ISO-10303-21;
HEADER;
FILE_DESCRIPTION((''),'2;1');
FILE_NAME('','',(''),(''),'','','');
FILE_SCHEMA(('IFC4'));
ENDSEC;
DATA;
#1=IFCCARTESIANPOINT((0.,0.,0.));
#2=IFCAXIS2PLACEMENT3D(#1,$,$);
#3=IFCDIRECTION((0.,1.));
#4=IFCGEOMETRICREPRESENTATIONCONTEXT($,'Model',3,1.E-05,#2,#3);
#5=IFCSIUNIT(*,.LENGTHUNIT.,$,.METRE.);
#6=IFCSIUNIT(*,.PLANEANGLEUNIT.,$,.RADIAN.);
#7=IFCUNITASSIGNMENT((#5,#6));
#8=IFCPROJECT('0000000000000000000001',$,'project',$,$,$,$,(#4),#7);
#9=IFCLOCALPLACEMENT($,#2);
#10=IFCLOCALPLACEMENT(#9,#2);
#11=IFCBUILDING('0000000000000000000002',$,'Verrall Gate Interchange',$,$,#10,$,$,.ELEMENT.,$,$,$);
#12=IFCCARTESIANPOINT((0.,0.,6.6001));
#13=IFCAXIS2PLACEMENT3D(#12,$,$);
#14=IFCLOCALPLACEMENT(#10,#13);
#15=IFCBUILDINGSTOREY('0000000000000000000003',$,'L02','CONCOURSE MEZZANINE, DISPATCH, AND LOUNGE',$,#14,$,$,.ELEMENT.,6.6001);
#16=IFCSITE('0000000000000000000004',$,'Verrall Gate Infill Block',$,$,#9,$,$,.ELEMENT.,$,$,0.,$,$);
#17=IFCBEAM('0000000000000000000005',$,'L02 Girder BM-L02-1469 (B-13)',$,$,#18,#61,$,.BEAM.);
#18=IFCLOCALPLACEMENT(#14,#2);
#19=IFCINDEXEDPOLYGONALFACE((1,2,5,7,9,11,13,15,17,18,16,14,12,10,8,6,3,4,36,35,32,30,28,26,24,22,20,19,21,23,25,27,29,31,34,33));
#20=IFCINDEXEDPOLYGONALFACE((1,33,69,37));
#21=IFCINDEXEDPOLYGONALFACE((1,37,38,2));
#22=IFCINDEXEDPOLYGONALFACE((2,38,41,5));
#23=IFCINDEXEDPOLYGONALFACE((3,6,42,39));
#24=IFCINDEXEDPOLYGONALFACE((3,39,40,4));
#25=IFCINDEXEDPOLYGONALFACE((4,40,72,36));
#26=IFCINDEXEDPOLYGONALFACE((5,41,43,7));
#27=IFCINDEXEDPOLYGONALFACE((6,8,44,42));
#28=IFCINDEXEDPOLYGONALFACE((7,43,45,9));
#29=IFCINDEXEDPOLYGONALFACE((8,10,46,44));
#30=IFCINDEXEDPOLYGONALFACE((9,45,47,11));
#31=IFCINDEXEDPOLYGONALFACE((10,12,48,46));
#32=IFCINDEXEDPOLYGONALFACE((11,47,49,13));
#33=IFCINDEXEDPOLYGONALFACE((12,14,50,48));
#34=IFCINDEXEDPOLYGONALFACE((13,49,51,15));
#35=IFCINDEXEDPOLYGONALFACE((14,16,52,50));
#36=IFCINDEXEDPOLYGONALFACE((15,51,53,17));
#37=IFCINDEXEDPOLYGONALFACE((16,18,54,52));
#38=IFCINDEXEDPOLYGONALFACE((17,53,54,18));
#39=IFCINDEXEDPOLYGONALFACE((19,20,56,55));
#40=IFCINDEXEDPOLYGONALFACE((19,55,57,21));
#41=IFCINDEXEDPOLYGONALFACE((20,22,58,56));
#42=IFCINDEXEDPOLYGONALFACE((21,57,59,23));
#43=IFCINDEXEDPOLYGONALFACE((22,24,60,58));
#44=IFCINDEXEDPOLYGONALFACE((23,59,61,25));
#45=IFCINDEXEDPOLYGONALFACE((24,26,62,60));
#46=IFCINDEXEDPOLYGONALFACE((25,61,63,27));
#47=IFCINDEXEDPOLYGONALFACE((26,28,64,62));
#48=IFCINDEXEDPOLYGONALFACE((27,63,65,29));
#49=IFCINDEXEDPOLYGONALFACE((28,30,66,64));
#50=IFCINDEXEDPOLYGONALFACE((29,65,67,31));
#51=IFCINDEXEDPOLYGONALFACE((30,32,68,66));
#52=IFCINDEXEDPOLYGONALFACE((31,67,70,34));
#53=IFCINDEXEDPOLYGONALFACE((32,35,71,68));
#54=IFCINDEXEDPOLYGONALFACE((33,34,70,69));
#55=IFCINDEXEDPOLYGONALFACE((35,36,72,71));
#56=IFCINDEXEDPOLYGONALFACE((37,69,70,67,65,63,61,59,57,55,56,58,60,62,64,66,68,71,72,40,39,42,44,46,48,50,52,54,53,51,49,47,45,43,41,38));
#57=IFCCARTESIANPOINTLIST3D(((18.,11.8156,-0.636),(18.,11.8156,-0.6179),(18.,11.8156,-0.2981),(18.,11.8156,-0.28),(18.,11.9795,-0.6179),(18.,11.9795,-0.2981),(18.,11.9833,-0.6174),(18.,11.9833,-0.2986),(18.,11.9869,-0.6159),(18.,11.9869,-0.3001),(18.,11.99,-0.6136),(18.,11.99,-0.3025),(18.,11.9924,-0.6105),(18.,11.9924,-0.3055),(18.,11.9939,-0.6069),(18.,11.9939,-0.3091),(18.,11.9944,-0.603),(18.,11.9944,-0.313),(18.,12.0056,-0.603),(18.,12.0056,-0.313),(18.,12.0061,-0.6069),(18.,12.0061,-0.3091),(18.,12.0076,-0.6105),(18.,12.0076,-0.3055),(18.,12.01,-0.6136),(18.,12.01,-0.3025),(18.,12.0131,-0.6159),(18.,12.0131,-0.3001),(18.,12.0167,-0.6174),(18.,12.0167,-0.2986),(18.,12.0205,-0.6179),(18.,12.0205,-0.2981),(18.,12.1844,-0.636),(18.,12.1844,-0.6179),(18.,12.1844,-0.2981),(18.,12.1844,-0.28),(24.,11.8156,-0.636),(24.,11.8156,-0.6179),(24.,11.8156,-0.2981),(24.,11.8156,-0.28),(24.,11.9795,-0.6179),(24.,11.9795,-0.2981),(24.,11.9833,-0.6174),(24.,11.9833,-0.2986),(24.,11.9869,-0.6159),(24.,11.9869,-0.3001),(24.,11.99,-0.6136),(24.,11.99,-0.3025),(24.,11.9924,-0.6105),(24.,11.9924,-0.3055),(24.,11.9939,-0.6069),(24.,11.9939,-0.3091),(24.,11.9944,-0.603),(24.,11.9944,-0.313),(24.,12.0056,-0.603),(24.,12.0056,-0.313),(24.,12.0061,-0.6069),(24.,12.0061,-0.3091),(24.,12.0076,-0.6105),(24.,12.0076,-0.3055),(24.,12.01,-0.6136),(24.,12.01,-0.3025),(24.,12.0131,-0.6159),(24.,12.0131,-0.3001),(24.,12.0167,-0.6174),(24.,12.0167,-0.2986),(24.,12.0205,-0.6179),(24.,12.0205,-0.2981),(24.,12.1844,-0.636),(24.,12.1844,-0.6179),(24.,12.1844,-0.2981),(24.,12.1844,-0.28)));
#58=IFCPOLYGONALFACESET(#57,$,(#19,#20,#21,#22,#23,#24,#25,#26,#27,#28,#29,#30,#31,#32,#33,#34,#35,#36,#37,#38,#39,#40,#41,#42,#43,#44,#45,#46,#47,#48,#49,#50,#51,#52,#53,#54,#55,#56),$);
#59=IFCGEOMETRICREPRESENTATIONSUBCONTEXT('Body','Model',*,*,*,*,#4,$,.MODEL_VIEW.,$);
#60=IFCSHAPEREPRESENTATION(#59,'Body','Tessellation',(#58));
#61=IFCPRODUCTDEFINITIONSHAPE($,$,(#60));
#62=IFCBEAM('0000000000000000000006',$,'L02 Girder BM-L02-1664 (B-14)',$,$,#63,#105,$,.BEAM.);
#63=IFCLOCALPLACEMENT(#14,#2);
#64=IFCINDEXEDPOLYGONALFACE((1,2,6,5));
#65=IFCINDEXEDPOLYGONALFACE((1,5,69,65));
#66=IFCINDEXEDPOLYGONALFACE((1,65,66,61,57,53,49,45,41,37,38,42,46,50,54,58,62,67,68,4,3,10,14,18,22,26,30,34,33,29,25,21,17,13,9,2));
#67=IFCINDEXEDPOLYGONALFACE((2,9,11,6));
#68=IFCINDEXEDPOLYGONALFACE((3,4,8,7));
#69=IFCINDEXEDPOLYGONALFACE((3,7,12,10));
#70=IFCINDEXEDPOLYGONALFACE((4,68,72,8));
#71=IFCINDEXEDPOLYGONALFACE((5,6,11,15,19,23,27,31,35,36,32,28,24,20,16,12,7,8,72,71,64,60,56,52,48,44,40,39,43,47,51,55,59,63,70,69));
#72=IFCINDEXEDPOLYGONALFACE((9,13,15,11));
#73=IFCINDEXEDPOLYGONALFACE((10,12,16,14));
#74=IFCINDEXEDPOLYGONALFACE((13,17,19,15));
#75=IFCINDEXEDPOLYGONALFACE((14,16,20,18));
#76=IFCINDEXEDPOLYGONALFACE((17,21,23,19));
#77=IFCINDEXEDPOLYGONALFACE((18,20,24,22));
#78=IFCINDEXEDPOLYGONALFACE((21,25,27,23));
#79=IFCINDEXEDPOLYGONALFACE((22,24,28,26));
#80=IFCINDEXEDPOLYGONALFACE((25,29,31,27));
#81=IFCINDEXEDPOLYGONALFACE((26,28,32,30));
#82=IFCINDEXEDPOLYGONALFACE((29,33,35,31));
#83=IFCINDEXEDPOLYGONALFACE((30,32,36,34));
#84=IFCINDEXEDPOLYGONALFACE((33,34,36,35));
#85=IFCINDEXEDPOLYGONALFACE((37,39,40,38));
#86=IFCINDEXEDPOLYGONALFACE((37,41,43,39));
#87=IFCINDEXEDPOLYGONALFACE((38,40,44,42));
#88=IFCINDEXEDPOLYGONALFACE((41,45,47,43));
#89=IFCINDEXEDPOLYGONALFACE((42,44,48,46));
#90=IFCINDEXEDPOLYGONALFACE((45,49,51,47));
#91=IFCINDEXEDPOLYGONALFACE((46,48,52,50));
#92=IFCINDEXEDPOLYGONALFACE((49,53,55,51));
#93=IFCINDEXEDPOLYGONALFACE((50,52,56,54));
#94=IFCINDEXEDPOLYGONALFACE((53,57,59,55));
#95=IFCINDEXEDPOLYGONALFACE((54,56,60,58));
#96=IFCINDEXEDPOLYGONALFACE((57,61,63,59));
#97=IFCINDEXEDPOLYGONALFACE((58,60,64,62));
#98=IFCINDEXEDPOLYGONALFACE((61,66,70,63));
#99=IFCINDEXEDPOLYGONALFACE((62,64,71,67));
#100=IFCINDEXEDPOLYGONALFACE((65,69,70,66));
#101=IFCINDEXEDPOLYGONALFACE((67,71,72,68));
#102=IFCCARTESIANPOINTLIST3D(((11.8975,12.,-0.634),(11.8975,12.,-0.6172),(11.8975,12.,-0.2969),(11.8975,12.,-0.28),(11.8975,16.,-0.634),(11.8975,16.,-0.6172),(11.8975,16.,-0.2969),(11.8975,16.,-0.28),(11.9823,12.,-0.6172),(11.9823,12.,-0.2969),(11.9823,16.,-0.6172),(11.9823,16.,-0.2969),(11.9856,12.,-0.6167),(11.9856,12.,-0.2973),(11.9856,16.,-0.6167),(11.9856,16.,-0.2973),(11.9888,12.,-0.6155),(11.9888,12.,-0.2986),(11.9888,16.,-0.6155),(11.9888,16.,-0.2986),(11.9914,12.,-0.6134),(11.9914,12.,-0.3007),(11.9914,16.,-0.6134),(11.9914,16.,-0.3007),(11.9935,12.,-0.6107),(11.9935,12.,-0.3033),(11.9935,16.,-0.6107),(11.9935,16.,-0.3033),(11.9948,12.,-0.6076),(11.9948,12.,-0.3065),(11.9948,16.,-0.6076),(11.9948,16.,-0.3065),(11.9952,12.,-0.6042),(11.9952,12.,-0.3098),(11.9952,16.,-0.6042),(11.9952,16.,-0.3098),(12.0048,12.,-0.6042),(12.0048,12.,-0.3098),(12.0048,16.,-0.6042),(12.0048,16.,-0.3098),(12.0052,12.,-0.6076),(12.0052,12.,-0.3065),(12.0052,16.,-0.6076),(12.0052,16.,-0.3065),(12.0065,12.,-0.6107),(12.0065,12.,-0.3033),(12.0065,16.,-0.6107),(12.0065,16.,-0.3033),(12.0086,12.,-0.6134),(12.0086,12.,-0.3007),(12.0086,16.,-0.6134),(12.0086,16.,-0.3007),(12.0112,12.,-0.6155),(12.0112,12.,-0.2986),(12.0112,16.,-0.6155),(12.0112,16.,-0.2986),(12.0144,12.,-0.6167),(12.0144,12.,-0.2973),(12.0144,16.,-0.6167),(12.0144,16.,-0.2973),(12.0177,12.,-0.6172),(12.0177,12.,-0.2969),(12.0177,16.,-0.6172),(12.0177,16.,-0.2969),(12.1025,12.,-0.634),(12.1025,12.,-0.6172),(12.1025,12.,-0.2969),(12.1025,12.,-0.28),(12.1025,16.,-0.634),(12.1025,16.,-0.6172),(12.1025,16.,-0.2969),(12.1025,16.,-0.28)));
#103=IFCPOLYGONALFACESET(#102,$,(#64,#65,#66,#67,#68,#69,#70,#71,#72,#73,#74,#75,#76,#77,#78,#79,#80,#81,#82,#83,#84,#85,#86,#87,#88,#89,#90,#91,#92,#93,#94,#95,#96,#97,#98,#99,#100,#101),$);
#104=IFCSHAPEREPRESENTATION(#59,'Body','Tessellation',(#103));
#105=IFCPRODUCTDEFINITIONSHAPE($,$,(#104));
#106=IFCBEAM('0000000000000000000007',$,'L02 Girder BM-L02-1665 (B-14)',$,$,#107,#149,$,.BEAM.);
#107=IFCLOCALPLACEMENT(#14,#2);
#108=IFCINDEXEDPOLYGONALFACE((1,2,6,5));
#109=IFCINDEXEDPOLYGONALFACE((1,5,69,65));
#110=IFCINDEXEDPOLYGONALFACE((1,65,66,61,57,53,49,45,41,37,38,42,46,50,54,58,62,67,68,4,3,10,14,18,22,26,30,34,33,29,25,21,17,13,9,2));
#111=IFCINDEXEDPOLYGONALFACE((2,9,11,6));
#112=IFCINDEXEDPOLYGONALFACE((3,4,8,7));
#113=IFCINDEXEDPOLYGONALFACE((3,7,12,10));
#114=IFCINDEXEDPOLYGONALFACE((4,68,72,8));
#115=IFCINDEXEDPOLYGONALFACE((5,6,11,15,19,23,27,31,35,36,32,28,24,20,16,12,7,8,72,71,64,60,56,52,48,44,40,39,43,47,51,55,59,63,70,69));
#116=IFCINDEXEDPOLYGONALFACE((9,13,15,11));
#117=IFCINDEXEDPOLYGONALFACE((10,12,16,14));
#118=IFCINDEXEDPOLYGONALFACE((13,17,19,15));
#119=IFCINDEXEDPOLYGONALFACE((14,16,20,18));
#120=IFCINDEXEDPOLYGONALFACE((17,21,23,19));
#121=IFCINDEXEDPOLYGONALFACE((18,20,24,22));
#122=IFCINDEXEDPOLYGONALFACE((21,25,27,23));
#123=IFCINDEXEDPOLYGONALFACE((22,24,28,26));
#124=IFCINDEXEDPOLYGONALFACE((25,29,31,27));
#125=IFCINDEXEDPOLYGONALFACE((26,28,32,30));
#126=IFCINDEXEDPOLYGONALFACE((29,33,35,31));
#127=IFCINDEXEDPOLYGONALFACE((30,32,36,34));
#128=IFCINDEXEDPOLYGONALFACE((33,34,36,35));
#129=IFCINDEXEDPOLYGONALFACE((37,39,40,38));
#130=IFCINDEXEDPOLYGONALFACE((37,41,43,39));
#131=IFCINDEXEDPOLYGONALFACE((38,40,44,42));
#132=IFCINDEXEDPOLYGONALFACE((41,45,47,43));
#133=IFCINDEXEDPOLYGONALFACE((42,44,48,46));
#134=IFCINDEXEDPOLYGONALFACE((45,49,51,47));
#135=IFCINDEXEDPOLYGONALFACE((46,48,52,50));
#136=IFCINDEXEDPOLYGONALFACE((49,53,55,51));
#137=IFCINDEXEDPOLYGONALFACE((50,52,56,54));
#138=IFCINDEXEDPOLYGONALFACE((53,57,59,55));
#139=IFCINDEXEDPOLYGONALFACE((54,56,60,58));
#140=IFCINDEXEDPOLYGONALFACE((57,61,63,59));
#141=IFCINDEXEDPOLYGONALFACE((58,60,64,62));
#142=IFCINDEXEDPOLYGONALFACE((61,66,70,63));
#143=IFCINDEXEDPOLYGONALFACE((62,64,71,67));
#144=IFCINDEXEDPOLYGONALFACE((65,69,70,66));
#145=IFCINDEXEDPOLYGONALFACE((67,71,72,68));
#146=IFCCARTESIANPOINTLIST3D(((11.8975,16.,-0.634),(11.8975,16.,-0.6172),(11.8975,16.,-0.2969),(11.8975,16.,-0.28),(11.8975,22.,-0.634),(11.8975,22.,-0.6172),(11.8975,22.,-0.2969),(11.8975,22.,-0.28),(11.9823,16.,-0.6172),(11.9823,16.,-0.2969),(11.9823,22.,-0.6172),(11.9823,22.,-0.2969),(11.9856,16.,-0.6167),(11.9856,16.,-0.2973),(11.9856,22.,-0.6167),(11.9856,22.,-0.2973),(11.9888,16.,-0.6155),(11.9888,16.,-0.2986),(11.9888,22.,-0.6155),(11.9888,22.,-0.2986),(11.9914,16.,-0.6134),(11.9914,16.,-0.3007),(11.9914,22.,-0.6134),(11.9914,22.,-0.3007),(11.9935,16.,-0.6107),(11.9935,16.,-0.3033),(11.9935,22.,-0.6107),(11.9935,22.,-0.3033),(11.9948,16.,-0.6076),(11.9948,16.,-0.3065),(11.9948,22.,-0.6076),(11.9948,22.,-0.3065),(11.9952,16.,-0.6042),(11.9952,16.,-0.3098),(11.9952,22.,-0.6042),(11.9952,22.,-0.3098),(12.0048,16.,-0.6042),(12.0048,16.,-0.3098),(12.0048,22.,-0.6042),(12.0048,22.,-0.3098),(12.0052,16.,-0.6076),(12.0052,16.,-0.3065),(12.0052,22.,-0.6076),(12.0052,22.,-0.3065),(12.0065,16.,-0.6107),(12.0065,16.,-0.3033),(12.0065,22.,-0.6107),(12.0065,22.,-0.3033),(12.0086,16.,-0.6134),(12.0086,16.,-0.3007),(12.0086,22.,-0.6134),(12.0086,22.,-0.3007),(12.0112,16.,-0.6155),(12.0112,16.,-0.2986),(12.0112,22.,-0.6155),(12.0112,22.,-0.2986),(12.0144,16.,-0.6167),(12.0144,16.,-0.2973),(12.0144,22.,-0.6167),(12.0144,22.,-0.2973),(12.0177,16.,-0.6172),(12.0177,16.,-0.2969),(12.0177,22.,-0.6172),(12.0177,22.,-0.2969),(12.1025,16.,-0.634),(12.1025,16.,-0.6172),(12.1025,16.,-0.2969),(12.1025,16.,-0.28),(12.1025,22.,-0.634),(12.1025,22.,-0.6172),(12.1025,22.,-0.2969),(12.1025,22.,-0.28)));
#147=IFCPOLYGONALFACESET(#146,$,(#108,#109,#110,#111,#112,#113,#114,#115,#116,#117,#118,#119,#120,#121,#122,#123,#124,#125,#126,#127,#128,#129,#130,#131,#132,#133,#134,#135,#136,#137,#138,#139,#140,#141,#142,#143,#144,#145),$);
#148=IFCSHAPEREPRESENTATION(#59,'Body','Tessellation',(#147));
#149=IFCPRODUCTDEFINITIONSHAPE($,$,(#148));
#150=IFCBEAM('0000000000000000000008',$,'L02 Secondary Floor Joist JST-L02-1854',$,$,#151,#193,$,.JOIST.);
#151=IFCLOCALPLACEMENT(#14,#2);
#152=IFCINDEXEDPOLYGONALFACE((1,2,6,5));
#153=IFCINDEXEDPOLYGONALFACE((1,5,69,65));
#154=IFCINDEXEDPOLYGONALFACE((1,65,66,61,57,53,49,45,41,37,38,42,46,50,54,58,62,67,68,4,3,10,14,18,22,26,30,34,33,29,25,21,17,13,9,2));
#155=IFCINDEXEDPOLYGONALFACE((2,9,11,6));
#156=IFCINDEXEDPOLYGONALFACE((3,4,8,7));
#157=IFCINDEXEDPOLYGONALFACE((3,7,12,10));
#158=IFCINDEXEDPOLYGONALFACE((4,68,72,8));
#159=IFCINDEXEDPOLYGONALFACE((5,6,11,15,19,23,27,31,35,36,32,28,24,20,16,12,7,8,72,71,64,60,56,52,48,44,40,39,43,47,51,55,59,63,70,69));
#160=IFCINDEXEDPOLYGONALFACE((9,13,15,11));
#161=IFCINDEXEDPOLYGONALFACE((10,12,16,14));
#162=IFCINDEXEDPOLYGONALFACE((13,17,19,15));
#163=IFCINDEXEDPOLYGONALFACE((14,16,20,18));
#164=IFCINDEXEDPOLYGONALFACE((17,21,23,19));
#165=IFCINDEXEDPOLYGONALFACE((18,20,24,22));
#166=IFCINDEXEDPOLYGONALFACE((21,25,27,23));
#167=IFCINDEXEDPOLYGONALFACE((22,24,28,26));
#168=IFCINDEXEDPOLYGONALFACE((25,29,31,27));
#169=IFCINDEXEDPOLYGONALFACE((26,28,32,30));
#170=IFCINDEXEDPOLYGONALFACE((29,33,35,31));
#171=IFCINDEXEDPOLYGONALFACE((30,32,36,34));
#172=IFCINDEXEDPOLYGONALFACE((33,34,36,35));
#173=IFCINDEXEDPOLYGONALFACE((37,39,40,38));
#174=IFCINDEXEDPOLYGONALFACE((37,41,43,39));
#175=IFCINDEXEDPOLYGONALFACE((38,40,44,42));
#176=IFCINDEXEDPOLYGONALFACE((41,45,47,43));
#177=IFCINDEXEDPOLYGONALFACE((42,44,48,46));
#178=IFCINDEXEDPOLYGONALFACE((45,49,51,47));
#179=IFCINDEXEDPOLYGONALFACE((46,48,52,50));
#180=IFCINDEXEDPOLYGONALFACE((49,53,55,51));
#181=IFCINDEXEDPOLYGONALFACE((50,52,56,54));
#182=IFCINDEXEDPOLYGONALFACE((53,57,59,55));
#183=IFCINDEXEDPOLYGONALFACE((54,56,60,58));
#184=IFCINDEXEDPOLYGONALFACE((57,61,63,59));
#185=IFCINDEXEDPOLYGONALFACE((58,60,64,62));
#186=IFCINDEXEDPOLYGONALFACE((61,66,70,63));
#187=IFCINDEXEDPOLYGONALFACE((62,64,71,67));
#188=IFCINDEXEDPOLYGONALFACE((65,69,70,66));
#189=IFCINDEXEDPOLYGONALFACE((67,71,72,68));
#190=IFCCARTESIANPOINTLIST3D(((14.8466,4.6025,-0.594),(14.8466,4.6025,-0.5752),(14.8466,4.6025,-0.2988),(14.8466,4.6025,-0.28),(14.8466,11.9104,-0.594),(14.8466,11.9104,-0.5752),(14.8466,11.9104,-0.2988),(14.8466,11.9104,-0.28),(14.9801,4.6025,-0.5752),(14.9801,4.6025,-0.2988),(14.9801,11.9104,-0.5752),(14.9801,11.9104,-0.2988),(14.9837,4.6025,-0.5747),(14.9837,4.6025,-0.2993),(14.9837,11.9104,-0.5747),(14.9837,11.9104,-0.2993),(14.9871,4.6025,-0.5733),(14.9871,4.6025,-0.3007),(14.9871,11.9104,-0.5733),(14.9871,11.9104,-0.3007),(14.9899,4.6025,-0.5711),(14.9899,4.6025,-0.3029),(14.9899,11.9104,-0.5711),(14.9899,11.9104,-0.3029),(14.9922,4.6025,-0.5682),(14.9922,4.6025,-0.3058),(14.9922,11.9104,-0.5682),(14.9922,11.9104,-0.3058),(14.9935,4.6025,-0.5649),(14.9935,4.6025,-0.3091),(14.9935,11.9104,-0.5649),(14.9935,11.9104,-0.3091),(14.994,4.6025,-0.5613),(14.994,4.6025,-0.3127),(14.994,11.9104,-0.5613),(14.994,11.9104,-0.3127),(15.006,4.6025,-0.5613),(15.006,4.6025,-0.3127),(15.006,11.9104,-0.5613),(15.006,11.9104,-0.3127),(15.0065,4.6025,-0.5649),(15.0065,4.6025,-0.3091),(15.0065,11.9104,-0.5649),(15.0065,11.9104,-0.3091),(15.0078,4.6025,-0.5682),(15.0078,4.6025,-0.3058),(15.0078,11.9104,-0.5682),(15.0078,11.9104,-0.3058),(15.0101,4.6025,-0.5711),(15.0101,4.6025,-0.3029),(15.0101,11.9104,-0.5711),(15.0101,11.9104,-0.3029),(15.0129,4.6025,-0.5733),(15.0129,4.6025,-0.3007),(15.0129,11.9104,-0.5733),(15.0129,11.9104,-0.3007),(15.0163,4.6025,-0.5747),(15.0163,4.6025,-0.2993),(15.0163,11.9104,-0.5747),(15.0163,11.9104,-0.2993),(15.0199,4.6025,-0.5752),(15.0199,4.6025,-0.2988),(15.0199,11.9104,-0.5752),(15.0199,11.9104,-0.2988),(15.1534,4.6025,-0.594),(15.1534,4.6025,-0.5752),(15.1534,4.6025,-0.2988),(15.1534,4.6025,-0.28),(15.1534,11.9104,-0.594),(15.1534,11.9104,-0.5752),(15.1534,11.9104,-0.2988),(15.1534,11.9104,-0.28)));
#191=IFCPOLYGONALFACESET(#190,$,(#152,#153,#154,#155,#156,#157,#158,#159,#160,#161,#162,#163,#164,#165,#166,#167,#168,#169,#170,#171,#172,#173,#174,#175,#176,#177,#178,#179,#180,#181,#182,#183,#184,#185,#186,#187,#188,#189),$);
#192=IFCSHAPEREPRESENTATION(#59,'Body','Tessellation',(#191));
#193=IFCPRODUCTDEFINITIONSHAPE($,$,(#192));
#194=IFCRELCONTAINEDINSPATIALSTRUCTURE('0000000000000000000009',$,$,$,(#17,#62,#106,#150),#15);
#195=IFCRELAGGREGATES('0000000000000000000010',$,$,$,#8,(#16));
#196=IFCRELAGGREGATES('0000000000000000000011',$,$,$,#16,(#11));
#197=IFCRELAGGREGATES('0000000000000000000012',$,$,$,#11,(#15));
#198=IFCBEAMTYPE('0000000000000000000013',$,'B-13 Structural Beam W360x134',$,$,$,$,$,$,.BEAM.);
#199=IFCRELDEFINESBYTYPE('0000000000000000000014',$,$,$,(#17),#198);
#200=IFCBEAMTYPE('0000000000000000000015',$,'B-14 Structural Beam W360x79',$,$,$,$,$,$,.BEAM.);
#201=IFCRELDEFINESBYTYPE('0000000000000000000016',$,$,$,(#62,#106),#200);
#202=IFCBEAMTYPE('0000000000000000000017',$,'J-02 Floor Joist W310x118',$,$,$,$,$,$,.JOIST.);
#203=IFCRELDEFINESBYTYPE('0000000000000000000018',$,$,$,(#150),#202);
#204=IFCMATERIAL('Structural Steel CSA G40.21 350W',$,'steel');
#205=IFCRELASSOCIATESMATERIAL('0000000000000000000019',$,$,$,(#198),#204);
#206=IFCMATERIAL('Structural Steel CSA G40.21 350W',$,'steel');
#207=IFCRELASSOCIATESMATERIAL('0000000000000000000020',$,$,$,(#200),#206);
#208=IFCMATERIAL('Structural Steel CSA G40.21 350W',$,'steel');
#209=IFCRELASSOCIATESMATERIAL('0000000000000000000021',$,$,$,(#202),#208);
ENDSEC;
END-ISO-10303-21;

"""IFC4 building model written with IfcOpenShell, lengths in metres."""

from ifc_helpers import new_model, si_unit, direction, frame, origin, origin_2d, place, context, subcontext, project, spatial, i_section, extrude, material, material_profile, profile_set, type_object, element, save


model = new_model("IFC4")

# Units and contexts
model_context = context("Model", 3, precision=1e-05, world=origin(), true_north=direction((0.0, 1.0)))
body_context = subcontext(model_context, "Body", "Model", "MODEL_VIEW")
ifc_project = project(units=[si_unit("LENGTHUNIT", "METRE"), si_unit("PLANEANGLEUNIT", "RADIAN")], contexts=[model_context])

# Site, building, storey
site_placement = place(None, origin())
site = spatial("IfcSite", under=ifc_project, at=site_placement, Name="Verrall Gate Infill Block", CompositionType="ELEMENT", RefElevation=0.0)
building_placement = place(site_placement, origin())
building = spatial("IfcBuilding", under=site, at=building_placement, Name="Verrall Gate Interchange", CompositionType="ELEMENT")
storey_placement = place(building_placement, frame((0.0, 0.0, 6.6001)))
storey = spatial("IfcBuildingStorey", under=building, at=storey_placement, Name="L02", Description="CONCOURSE MEZZANINE, DISPATCH, AND LOUNGE", CompositionType="ELEMENT", Elevation=6.6001)

# Beams
ifc_material_1 = material(Name="Structural Steel CSA G40.21 350W", Category="steel")
ifc_material_profile_1 = material_profile(ifc_material_1, i_section(OverallWidth=0.3689, OverallDepth=0.356, WebThickness=0.0112, FlangeThickness=0.0181, FilletRadius=0.0149, at=origin_2d()), Name="W360x134")
ifc_profile_set_1 = profile_set([ifc_material_profile_1], Name="Structural Steel CSA G40.21 350W")
beam_type_1 = type_object("IfcBeamType", Name="B-13 Structural Beam W360x134", PredefinedType="BEAM", material=ifc_profile_set_1)
beam_1_placement = place(storey_placement, frame((18.0, 12.0, -0.458), z_axis=(1.0, 0.0, 0.0), x_axis=(0.0, 1.0, 0.0)))
element("IfcBeam", 1, at=beam_1_placement, inside=storey, type_object=beam_type_1, Name="L02 Girder BM-L02-1469 (B-13)", PredefinedType="BEAM", context=body_context, shape_type="SweptSolid", body=[
    extrude(i_section(OverallWidth=0.3689, OverallDepth=0.356, WebThickness=0.0112, FlangeThickness=0.0181, FilletRadius=0.0149, at=origin_2d()), origin(), (0.0, 0.0, 1.0), 6.0),
])
ifc_material_2 = material(Name="Structural Steel CSA G40.21 350W", Category="steel")
ifc_material_profile_2 = material_profile(ifc_material_2, i_section(OverallWidth=0.2051, OverallDepth=0.354, WebThickness=0.0095, FlangeThickness=0.0168, FilletRadius=0.0129, at=origin_2d()), Name="W360x79")
ifc_profile_set_2 = profile_set([ifc_material_profile_2], Name="Structural Steel CSA G40.21 350W")
beam_type_2 = type_object("IfcBeamType", Name="B-14 Structural Beam W360x79", PredefinedType="BEAM", material=ifc_profile_set_2)
beam_2_placement = place(storey_placement, frame((12.0, 12.0, -0.457), z_axis=(0.0, 1.0, 0.0), x_axis=(-1.0, 0.0, 0.0)))
element("IfcBeam", 2, at=beam_2_placement, inside=storey, type_object=beam_type_2, Name="L02 Girder BM-L02-1664 (B-14)", PredefinedType="BEAM", context=body_context, shape_type="SweptSolid", body=[
    extrude(i_section(OverallWidth=0.2051, OverallDepth=0.354, WebThickness=0.0095, FlangeThickness=0.0168, FilletRadius=0.0129, at=origin_2d()), origin(), (0.0, 0.0, 1.0), 4.0),
])
beam_3_placement = place(storey_placement, frame((12.0, 16.0, -0.457), z_axis=(0.0, 1.0, 0.0), x_axis=(-1.0, 0.0, 0.0)))
element("IfcBeam", 3, at=beam_3_placement, inside=storey, type_object=beam_type_2, Name="L02 Girder BM-L02-1665 (B-14)", PredefinedType="BEAM", context=body_context, shape_type="SweptSolid", body=[
    extrude(i_section(OverallWidth=0.2051, OverallDepth=0.354, WebThickness=0.0095, FlangeThickness=0.0168, FilletRadius=0.0129, at=origin_2d()), origin(), (0.0, 0.0, 1.0), 6.0),
])
ifc_material_3 = material(Name="Structural Steel CSA G40.21 350W", Category="steel")
ifc_material_profile_3 = material_profile(ifc_material_3, i_section(OverallWidth=0.3069, OverallDepth=0.314, WebThickness=0.012, FlangeThickness=0.0188, FilletRadius=0.0139, at=origin_2d()), Name="W310x118")
ifc_profile_set_3 = profile_set([ifc_material_profile_3], Name="Structural Steel CSA G40.21 350W")
beam_type_3 = type_object("IfcBeamType", Name="J-02 Floor Joist W310x118", PredefinedType="JOIST", material=ifc_profile_set_3)
beam_4_placement = place(storey_placement, frame((15.0, 4.6025, -0.437), z_axis=(0.0, 1.0, 0.0), x_axis=(-1.0, 0.0, 0.0)))
element("IfcBeam", 4, at=beam_4_placement, inside=storey, type_object=beam_type_3, Name="L02 Secondary Floor Joist JST-L02-1854", PredefinedType="JOIST", context=body_context, shape_type="SweptSolid", body=[
    extrude(i_section(OverallWidth=0.3069, OverallDepth=0.314, WebThickness=0.012, FlangeThickness=0.0188, FilletRadius=0.0139, at=origin_2d()), origin(), (0.0, 0.0, 1.0), 7.3079),
])

save(model, "model.ifc")
